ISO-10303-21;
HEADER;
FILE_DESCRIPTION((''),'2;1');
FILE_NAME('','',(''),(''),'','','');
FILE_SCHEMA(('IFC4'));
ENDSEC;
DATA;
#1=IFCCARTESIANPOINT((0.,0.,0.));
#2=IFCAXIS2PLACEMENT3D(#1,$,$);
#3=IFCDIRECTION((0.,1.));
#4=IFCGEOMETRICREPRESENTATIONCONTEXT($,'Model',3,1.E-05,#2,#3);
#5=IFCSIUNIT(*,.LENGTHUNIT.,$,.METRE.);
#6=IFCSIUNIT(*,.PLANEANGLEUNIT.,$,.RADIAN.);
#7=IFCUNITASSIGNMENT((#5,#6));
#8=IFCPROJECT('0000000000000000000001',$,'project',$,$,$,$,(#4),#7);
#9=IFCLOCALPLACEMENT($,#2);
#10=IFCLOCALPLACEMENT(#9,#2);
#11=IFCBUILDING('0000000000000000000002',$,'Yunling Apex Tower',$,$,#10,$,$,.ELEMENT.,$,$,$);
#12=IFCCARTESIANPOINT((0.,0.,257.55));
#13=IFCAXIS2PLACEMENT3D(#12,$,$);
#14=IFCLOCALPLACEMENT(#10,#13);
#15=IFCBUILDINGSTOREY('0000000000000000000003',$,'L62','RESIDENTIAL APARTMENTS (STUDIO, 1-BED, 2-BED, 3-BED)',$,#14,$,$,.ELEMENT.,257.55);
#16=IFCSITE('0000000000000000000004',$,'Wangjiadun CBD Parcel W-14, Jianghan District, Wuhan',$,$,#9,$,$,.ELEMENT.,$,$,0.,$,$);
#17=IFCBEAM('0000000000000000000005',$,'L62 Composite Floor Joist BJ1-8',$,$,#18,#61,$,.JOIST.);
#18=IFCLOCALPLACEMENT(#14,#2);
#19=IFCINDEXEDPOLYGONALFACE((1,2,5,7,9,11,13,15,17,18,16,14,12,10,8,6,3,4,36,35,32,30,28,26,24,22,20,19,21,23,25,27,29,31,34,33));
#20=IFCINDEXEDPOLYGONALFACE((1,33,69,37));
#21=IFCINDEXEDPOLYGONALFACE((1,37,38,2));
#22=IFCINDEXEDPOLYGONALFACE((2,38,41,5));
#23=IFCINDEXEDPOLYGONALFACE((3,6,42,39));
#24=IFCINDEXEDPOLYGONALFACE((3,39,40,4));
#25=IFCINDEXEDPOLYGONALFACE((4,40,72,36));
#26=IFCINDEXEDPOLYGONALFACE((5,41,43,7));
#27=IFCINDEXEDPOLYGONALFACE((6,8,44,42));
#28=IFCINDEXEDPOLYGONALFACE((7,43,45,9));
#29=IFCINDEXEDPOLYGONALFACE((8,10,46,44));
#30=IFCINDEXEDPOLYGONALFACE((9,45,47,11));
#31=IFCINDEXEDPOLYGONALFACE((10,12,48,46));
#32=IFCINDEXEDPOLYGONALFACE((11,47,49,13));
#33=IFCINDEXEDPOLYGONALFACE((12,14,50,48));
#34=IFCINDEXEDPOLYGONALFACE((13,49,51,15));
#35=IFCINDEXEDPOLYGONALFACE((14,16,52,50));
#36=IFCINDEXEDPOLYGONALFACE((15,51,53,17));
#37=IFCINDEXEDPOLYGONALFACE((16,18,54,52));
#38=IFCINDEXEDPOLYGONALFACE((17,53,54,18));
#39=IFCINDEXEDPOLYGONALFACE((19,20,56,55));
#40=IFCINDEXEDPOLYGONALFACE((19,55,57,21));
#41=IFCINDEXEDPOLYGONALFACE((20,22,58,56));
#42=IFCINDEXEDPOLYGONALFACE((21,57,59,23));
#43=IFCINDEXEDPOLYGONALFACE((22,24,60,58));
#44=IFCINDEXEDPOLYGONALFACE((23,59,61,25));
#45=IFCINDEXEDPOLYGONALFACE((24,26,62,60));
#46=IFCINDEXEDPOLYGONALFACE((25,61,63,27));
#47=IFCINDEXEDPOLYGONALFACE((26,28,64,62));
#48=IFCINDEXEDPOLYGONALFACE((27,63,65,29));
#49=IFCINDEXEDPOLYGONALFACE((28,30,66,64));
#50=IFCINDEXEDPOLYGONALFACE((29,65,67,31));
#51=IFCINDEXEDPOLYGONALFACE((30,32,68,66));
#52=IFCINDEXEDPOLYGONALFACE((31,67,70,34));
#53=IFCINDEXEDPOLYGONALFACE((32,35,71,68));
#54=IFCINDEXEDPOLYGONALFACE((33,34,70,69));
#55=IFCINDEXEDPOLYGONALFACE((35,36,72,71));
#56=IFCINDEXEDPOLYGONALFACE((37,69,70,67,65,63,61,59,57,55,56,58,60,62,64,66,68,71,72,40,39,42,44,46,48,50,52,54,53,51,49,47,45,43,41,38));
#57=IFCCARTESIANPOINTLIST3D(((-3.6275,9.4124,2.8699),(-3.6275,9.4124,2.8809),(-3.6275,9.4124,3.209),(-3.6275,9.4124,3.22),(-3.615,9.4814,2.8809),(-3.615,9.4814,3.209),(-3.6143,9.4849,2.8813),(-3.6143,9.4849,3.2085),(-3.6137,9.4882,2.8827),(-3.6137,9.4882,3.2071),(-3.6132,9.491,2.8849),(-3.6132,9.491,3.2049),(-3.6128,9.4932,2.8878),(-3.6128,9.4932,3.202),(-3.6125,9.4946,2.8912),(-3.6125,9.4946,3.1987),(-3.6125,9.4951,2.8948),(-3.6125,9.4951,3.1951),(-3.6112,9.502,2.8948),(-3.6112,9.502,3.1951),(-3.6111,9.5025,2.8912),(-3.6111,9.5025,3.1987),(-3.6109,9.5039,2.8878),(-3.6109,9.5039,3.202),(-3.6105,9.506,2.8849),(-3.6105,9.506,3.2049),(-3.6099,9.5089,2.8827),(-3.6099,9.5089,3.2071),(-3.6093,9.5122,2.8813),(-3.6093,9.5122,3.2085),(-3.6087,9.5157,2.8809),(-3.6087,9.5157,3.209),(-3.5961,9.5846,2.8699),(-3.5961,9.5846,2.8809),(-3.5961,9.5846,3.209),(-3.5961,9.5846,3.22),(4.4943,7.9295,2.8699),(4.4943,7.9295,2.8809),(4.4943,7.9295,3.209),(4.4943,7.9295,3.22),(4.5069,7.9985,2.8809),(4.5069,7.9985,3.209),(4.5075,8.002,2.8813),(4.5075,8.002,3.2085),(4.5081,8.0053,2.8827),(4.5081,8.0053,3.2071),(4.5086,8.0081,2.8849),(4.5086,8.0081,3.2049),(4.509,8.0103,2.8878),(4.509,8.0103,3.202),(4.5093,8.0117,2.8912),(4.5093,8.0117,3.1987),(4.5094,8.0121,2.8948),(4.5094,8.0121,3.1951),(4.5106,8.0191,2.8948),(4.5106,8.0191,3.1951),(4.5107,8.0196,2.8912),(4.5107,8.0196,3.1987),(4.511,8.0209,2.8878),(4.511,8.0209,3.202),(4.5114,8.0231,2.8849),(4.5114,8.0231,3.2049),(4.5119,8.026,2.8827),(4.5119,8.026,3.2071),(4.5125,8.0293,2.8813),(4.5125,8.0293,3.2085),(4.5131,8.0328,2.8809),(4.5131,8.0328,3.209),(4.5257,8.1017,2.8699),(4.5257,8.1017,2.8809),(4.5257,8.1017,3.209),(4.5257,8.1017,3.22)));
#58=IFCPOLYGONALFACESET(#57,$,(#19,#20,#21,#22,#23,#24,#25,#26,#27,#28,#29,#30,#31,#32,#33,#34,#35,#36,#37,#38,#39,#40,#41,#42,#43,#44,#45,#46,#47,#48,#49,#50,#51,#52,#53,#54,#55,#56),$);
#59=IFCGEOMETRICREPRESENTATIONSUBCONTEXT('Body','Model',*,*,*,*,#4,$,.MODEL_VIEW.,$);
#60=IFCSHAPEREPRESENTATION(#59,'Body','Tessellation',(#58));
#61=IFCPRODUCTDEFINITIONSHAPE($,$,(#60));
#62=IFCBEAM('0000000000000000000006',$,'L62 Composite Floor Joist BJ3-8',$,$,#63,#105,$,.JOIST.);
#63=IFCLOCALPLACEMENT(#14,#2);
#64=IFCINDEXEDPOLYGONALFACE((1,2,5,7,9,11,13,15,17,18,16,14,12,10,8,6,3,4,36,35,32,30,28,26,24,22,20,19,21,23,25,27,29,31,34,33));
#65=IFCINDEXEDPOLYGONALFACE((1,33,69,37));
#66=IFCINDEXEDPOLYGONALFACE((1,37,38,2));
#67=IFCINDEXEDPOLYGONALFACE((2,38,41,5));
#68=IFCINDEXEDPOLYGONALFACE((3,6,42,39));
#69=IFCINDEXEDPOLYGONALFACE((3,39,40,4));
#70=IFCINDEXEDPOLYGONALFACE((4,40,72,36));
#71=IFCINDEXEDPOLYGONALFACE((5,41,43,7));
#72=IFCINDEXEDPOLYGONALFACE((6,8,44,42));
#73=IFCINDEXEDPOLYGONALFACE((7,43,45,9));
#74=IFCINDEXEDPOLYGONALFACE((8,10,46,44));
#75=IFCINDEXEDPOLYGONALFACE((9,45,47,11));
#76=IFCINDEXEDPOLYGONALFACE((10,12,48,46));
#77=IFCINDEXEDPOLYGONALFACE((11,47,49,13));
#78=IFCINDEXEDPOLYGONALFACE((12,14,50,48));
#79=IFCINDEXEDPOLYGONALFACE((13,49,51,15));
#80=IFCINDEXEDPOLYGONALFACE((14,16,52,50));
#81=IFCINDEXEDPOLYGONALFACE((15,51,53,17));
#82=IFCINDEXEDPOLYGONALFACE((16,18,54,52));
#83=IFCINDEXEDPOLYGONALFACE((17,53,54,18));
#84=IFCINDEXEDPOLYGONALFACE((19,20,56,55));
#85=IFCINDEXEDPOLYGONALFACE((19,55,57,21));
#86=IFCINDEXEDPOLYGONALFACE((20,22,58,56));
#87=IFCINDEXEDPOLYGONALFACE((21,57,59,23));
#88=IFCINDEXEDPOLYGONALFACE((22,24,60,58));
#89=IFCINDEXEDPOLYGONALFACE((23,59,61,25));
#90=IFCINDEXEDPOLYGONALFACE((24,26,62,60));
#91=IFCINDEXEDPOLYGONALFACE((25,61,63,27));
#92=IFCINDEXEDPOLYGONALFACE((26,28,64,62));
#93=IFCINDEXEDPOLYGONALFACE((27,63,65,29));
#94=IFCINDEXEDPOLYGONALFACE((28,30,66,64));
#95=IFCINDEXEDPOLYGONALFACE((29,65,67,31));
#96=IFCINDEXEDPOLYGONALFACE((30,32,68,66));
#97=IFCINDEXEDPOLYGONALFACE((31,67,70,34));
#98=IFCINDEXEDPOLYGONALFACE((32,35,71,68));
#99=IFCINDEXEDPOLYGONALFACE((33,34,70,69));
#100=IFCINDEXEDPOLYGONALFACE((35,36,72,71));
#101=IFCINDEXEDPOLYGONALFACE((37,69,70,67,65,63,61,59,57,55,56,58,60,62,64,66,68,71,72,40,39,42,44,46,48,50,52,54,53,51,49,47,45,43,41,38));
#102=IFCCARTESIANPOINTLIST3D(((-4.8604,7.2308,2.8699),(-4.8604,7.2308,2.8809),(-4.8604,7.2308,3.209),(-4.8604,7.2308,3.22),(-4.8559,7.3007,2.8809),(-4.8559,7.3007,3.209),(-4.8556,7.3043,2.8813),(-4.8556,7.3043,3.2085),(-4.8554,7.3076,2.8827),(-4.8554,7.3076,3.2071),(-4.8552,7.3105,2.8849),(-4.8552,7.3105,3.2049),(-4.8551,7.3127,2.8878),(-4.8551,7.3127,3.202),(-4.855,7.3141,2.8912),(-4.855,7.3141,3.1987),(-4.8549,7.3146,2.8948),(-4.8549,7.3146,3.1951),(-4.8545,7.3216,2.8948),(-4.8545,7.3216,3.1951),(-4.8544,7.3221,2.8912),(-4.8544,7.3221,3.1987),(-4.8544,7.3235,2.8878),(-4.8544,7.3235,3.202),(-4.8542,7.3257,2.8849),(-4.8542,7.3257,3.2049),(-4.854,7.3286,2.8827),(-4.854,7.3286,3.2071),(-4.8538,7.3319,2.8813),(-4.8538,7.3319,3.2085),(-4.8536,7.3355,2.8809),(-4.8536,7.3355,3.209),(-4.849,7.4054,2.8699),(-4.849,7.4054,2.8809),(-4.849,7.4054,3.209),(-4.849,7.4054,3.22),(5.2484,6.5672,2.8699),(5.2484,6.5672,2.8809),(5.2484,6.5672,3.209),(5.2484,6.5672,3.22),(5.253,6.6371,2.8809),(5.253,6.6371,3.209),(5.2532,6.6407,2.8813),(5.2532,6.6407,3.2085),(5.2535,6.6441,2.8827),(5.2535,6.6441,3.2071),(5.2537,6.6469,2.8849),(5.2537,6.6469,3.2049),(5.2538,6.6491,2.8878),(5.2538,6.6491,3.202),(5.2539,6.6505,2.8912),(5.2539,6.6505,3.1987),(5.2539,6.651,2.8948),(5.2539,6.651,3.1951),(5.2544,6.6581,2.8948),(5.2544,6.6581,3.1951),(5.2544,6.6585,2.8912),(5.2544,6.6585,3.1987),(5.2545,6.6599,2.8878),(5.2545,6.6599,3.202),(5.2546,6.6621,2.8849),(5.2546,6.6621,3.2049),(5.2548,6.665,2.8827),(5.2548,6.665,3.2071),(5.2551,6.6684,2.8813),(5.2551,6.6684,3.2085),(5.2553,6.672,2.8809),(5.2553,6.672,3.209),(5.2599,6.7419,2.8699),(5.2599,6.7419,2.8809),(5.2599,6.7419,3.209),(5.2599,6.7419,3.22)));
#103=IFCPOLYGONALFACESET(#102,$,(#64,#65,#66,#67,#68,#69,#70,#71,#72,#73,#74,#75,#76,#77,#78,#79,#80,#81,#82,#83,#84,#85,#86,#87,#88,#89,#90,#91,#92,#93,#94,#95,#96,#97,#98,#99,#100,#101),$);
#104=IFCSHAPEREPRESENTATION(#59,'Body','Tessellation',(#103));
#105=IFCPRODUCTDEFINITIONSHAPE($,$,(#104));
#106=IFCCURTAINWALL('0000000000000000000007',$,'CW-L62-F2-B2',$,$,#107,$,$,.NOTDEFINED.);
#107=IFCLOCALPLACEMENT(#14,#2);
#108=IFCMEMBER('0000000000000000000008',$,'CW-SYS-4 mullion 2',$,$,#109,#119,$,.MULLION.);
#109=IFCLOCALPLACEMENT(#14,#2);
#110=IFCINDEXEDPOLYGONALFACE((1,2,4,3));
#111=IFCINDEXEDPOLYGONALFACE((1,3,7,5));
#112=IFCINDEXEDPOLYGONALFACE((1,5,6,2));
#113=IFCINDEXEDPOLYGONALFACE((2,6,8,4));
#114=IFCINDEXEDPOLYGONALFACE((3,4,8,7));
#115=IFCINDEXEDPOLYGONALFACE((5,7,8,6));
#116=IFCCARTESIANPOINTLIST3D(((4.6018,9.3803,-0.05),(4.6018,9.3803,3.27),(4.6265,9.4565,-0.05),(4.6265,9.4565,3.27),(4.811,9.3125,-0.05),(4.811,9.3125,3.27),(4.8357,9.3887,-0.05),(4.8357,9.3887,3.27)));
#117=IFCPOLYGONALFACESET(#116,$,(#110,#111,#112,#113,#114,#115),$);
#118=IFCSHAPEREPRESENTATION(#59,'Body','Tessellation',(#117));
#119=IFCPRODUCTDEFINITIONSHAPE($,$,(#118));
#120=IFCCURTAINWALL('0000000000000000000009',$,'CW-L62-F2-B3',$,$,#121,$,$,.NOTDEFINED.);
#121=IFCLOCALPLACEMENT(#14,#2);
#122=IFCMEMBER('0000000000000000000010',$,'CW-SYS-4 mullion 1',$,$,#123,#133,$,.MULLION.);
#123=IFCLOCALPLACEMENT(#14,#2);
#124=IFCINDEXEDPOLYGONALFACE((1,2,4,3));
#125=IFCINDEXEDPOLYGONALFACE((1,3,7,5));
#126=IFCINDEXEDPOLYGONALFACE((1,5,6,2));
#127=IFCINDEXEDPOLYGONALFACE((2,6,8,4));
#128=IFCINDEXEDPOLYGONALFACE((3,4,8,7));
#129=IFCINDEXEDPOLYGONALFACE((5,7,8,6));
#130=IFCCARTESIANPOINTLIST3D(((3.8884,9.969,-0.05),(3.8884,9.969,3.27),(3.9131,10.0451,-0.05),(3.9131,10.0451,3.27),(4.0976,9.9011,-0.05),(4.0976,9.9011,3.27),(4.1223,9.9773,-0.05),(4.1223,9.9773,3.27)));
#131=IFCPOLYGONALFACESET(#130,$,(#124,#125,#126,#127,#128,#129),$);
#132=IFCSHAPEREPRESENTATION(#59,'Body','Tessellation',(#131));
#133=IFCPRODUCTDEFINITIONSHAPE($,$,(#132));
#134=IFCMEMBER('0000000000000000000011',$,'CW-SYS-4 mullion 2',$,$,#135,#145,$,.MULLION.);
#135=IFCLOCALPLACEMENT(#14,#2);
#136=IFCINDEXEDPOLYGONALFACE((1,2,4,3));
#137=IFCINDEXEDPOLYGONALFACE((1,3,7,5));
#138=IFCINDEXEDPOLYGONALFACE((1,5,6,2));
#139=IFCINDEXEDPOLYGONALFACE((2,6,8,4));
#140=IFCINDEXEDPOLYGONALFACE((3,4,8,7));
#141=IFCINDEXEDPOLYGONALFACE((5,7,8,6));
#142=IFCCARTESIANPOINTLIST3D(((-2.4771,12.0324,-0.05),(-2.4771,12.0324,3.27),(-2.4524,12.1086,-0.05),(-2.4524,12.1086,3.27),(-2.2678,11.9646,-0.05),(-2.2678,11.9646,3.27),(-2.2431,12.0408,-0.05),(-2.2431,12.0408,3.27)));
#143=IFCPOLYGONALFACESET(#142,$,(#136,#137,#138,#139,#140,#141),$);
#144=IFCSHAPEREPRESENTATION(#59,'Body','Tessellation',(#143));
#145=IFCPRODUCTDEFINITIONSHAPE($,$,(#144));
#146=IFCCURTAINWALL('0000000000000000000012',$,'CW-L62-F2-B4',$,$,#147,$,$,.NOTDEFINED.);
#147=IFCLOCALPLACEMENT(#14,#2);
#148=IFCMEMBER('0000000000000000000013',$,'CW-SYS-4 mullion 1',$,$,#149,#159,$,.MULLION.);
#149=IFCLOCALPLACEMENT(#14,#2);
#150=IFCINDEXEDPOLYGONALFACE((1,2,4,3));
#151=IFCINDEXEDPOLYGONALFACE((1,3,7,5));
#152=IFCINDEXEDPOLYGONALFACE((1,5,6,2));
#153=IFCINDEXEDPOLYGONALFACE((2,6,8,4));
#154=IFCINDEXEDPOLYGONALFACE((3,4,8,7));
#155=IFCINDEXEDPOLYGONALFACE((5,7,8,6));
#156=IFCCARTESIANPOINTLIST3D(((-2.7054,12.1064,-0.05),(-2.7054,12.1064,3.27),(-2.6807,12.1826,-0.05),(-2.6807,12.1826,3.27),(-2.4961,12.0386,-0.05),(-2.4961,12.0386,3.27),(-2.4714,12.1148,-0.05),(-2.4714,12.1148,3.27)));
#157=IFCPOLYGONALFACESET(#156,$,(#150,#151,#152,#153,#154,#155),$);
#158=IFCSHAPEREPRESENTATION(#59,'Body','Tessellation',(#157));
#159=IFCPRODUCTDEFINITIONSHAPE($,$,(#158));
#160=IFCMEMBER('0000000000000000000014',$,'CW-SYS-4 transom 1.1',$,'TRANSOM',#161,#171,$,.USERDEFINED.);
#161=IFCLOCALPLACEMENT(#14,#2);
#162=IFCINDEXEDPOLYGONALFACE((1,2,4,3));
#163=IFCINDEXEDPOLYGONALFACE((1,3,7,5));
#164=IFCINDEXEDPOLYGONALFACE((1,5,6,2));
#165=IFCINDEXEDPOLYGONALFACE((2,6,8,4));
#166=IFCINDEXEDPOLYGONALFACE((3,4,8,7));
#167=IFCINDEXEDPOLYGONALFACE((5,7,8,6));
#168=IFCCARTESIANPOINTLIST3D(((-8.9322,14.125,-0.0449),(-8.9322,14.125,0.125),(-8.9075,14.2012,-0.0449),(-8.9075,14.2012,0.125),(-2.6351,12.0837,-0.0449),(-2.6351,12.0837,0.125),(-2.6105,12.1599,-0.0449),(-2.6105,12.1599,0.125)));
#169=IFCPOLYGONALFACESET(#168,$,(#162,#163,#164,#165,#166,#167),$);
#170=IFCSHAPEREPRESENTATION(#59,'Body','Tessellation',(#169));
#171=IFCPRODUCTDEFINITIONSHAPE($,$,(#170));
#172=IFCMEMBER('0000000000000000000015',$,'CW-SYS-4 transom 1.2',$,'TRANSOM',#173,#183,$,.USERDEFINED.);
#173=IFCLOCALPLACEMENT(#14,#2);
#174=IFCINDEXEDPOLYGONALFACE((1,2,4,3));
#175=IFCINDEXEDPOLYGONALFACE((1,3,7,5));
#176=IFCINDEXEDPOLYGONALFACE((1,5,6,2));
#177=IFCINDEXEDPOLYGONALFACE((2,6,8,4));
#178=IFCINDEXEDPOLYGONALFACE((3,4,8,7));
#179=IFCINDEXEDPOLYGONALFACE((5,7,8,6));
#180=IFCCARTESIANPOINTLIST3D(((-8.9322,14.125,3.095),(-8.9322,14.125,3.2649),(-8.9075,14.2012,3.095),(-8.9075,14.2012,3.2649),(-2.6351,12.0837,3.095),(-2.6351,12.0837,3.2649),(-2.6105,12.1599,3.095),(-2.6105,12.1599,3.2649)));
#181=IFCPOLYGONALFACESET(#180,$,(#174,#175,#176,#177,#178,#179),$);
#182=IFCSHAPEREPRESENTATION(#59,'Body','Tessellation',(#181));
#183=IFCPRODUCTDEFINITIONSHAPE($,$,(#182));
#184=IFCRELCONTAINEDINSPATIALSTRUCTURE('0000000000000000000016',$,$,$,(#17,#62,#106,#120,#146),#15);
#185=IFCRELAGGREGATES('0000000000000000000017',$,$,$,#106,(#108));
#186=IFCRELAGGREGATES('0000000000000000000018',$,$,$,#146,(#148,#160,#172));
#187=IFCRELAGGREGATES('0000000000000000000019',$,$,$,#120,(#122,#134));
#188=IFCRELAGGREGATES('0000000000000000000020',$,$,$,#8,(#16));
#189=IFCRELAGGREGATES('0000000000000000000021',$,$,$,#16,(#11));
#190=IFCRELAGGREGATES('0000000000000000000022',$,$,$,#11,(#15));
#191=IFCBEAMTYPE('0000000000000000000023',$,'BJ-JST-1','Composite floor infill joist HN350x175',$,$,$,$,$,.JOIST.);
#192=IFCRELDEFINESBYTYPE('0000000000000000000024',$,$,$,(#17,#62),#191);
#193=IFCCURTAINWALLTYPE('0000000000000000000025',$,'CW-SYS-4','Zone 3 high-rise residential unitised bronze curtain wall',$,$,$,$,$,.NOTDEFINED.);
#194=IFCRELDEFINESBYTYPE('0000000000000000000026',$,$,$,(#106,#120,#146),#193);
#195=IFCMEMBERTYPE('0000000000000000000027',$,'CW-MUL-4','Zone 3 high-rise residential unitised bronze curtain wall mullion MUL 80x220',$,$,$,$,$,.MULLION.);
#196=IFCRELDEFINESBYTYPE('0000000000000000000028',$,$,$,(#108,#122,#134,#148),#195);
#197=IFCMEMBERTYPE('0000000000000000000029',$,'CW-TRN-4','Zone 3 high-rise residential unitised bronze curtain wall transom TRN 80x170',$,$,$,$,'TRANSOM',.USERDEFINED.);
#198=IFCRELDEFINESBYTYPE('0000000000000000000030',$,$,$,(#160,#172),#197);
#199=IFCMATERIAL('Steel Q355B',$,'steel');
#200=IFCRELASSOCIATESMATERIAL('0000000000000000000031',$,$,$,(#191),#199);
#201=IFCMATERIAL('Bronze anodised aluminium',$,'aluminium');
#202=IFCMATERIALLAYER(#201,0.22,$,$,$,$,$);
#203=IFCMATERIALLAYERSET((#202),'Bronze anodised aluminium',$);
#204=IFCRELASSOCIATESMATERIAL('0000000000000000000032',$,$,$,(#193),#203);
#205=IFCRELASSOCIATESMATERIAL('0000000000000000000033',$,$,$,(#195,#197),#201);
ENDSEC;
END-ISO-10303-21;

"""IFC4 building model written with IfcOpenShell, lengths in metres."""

from ifc_helpers import new_model, si_unit, direction, frame, origin, origin_2d, place, context, subcontext, project, spatial, rectangle, i_section, extrude, source, transform, mapped, material, layer, layer_set, material_profile, profile_set, type_object, element, aggregate, save


model = new_model("IFC4")

# Units and contexts
model_context = context("Model", 3, precision=1e-05, world=origin(), true_north=direction((0.0, 1.0)))
body_context = subcontext(model_context, "Body", "Model", "MODEL_VIEW")
ifc_project = project(units=[si_unit("LENGTHUNIT", "METRE"), si_unit("PLANEANGLEUNIT", "RADIAN")], contexts=[model_context])

# Site, building, storey
site_placement = place(None, origin())
site = spatial("IfcSite", under=ifc_project, at=site_placement, Name="Wangjiadun CBD Parcel W-14, Jianghan District, Wuhan", CompositionType="ELEMENT", RefElevation=0.0)
building_placement = place(site_placement, origin())
building = spatial("IfcBuilding", under=site, at=building_placement, Name="Yunling Apex Tower", CompositionType="ELEMENT")
storey_placement = place(building_placement, frame((0.0, 0.0, 257.55)))
storey = spatial("IfcBuildingStorey", under=building, at=storey_placement, Name="L62", Description="RESIDENTIAL APARTMENTS (STUDIO, 1-BED, 2-BED, 3-BED)", CompositionType="ELEMENT", Elevation=257.55)

# Shared definitions
ifc_material_1 = material(Name="Steel Q355B", Category="steel")

# Beams
ifc_material_profile_1 = material_profile(ifc_material_1, i_section(OverallWidth=0.175, OverallDepth=0.3501, WebThickness=0.0071, FlangeThickness=0.011, FilletRadius=0.0139, at=origin_2d()))
ifc_profile_set_1 = profile_set([ifc_material_profile_1], Name="Steel Q355B")
beam_type_1 = type_object("IfcBeamType", Name="BJ-JST-1", Description="Composite floor infill joist HN350x175", PredefinedType="JOIST", material=ifc_profile_set_1)
shared_shape_1 = source(origin(), body_context, "Body", "SweptSolid", [
    extrude(i_section(OverallWidth=0.175, OverallDepth=0.3501, WebThickness=0.0071, FlangeThickness=0.011, FilletRadius=0.0139, at=origin_2d()), origin(), (0.0, 0.0, 1.0), 8.2561),
])
beam_1_placement = place(storey_placement, frame((4.51, 8.0156, 3.0449), z_axis=(-0.983737, 0.179614, 0.0), x_axis=(-0.179614, -0.983737, 0.0)))
element("IfcBeam", 1, at=beam_1_placement, inside=storey, type_object=beam_type_1, Name="L62 Composite Floor Joist BJ1-8", PredefinedType="JOIST", context=body_context, shape_type="MappedRepresentation", body=[
    mapped(shared_shape_1, transform((0.0, 0.0, 0.0), scale=1.0)),
])
shared_shape_2 = source(origin(), body_context, "Body", "SweptSolid", [
    extrude(i_section(OverallWidth=0.175, OverallDepth=0.3501, WebThickness=0.0071, FlangeThickness=0.011, FilletRadius=0.0139, at=origin_2d()), origin(), (0.0, 0.0, 1.0), 10.1306),
])
beam_2_placement = place(storey_placement, frame((5.2542, 6.6545, 3.0449), z_axis=(-0.997852, 0.065502, 0.0), x_axis=(-0.065502, -0.997852, 0.0)))
element("IfcBeam", 2, at=beam_2_placement, inside=storey, type_object=beam_type_1, Name="L62 Composite Floor Joist BJ3-8", PredefinedType="JOIST", context=body_context, shape_type="MappedRepresentation", body=[
    mapped(shared_shape_2, transform((0.0, 0.0, 0.0), scale=1.0)),
])

# Curtain wall, member
ifc_material_2 = material(Name="Bronze anodised aluminium", Category="aluminium")
ifc_layer_1 = layer(ifc_material_2, 0.22)
ifc_layer_set_1 = layer_set([ifc_layer_1], Name="Bronze anodised aluminium")
curtain_wall_type = type_object("IfcCurtainWallType", Name="CW-SYS-4", Description="Zone 3 high-rise residential unitised bronze curtain wall", PredefinedType="NOTDEFINED", material=ifc_layer_set_1)
curtain_wall_1_placement = place(storey_placement, origin())
curtain_wall_1 = element("IfcCurtainWall", 3, at=curtain_wall_1_placement, inside=storey, type_object=curtain_wall_type, Name="CW-L62-F2-B2", PredefinedType="NOTDEFINED")
ifc_material_profile_2 = material_profile(ifc_material_2, rectangle(XDim=0.0801, YDim=0.22, at=origin_2d()))
ifc_profile_set_2 = profile_set([ifc_material_profile_2], Name="Bronze anodised aluminium")
member_type_1 = type_object("IfcMemberType", Name="CW-MUL-4", Description="Zone 3 high-rise residential unitised bronze curtain wall mullion MUL 80x220", PredefinedType="MULLION", material=ifc_profile_set_2)
shared_shape_3 = source(origin(), body_context, "Body", "SweptSolid", [
    extrude(rectangle(XDim=0.0801, YDim=0.22, at=origin_2d()), origin(), (0.0, 0.0, 1.0), 3.3201),
])
member_1_placement = place(storey_placement, frame((4.7188, 9.3845, -0.05), z_axis=(0.0, 0.0, 1.0), x_axis=(-0.308369, -0.951267, 0.0)))
member_1 = element("IfcMember", 4, at=member_1_placement, type_object=member_type_1, Name="CW-SYS-4 mullion 2", PredefinedType="MULLION", context=body_context, shape_type="MappedRepresentation", body=[
    mapped(shared_shape_3, transform((0.0, 0.0, 0.0), scale=1.0)),
])
aggregate(curtain_wall_1, [member_1])

# Curtain walls, members
curtain_wall_2_placement = place(storey_placement, origin())
curtain_wall_2 = element("IfcCurtainWall", 5, at=curtain_wall_2_placement, inside=storey, type_object=curtain_wall_type, Name="CW-L62-F2-B3", PredefinedType="NOTDEFINED")
member_2_placement = place(storey_placement, frame((4.0054, 9.9731, -0.05), z_axis=(0.0, 0.0, 1.0), x_axis=(-0.308371, -0.951266, 0.0)))
member_2 = element("IfcMember", 6, at=member_2_placement, type_object=member_type_1, Name="CW-SYS-4 mullion 1", PredefinedType="MULLION", context=body_context, shape_type="MappedRepresentation", body=[
    mapped(shared_shape_3, transform((0.0, 0.0, 0.0), scale=1.0)),
])
member_3_placement = place(storey_placement, frame((-2.3601, 12.0366, -0.05), z_axis=(0.0, 0.0, 1.0), x_axis=(-0.308371, -0.951266, 0.0)))
member_3 = element("IfcMember", 7, at=member_3_placement, type_object=member_type_1, Name="CW-SYS-4 mullion 2", PredefinedType="MULLION", context=body_context, shape_type="MappedRepresentation", body=[
    mapped(shared_shape_3, transform((0.0, 0.0, 0.0), scale=1.0)),
])
curtain_wall_3_placement = place(storey_placement, origin())
curtain_wall_3 = element("IfcCurtainWall", 8, at=curtain_wall_3_placement, inside=storey, type_object=curtain_wall_type, Name="CW-L62-F2-B4", PredefinedType="NOTDEFINED")
member_4_placement = place(storey_placement, frame((-2.5884, 12.1106, -0.05), z_axis=(0.0, 0.0, 1.0), x_axis=(-0.308353, -0.951272, 0.0)))
member_4 = element("IfcMember", 9, at=member_4_placement, type_object=member_type_1, Name="CW-SYS-4 mullion 1", PredefinedType="MULLION", context=body_context, shape_type="MappedRepresentation", body=[
    mapped(shared_shape_3, transform((0.0, 0.0, 0.0), scale=1.0)),
])
ifc_material_profile_3 = material_profile(ifc_material_2, rectangle(XDim=0.0801, YDim=0.1699, at=origin_2d()))
ifc_profile_set_3 = profile_set([ifc_material_profile_3], Name="Bronze anodised aluminium")
member_type_2 = type_object("IfcMemberType", Name="CW-TRN-4", Description="Zone 3 high-rise residential unitised bronze curtain wall transom TRN 80x170", ElementType="TRANSOM", PredefinedType="USERDEFINED", material=ifc_profile_set_3)
shared_shape_4 = source(origin(), body_context, "Body", "SweptSolid", [
    extrude(rectangle(XDim=0.0801, YDim=0.1699, at=origin_2d()), origin(), (0.0, 0.0, 1.0), 6.6196),
])
member_5_placement = place(storey_placement, frame((-2.6228, 12.1218, 0.04), z_axis=(-0.951269, 0.308361, 0.0), x_axis=(-0.308361, -0.951269, 0.0)))
member_5 = element("IfcMember", 10, at=member_5_placement, type_object=member_type_2, Name="CW-SYS-4 transom 1.1", ObjectType="TRANSOM", PredefinedType="USERDEFINED", context=body_context, shape_type="MappedRepresentation", body=[
    mapped(shared_shape_4, transform((0.0, 0.0, 0.0), scale=1.0)),
])
member_6_placement = place(storey_placement, frame((-2.6228, 12.1218, 3.1799), z_axis=(-0.951269, 0.308361, 0.0), x_axis=(-0.308361, -0.951269, 0.0)))
member_6 = element("IfcMember", 11, at=member_6_placement, type_object=member_type_2, Name="CW-SYS-4 transom 1.2", ObjectType="TRANSOM", PredefinedType="USERDEFINED", context=body_context, shape_type="MappedRepresentation", body=[
    mapped(shared_shape_4, transform((0.0, 0.0, 0.0), scale=1.0)),
])
aggregate(curtain_wall_3, [member_4, member_5, member_6])

aggregate(curtain_wall_2, [member_2, member_3])

save(model, "model.ifc")
